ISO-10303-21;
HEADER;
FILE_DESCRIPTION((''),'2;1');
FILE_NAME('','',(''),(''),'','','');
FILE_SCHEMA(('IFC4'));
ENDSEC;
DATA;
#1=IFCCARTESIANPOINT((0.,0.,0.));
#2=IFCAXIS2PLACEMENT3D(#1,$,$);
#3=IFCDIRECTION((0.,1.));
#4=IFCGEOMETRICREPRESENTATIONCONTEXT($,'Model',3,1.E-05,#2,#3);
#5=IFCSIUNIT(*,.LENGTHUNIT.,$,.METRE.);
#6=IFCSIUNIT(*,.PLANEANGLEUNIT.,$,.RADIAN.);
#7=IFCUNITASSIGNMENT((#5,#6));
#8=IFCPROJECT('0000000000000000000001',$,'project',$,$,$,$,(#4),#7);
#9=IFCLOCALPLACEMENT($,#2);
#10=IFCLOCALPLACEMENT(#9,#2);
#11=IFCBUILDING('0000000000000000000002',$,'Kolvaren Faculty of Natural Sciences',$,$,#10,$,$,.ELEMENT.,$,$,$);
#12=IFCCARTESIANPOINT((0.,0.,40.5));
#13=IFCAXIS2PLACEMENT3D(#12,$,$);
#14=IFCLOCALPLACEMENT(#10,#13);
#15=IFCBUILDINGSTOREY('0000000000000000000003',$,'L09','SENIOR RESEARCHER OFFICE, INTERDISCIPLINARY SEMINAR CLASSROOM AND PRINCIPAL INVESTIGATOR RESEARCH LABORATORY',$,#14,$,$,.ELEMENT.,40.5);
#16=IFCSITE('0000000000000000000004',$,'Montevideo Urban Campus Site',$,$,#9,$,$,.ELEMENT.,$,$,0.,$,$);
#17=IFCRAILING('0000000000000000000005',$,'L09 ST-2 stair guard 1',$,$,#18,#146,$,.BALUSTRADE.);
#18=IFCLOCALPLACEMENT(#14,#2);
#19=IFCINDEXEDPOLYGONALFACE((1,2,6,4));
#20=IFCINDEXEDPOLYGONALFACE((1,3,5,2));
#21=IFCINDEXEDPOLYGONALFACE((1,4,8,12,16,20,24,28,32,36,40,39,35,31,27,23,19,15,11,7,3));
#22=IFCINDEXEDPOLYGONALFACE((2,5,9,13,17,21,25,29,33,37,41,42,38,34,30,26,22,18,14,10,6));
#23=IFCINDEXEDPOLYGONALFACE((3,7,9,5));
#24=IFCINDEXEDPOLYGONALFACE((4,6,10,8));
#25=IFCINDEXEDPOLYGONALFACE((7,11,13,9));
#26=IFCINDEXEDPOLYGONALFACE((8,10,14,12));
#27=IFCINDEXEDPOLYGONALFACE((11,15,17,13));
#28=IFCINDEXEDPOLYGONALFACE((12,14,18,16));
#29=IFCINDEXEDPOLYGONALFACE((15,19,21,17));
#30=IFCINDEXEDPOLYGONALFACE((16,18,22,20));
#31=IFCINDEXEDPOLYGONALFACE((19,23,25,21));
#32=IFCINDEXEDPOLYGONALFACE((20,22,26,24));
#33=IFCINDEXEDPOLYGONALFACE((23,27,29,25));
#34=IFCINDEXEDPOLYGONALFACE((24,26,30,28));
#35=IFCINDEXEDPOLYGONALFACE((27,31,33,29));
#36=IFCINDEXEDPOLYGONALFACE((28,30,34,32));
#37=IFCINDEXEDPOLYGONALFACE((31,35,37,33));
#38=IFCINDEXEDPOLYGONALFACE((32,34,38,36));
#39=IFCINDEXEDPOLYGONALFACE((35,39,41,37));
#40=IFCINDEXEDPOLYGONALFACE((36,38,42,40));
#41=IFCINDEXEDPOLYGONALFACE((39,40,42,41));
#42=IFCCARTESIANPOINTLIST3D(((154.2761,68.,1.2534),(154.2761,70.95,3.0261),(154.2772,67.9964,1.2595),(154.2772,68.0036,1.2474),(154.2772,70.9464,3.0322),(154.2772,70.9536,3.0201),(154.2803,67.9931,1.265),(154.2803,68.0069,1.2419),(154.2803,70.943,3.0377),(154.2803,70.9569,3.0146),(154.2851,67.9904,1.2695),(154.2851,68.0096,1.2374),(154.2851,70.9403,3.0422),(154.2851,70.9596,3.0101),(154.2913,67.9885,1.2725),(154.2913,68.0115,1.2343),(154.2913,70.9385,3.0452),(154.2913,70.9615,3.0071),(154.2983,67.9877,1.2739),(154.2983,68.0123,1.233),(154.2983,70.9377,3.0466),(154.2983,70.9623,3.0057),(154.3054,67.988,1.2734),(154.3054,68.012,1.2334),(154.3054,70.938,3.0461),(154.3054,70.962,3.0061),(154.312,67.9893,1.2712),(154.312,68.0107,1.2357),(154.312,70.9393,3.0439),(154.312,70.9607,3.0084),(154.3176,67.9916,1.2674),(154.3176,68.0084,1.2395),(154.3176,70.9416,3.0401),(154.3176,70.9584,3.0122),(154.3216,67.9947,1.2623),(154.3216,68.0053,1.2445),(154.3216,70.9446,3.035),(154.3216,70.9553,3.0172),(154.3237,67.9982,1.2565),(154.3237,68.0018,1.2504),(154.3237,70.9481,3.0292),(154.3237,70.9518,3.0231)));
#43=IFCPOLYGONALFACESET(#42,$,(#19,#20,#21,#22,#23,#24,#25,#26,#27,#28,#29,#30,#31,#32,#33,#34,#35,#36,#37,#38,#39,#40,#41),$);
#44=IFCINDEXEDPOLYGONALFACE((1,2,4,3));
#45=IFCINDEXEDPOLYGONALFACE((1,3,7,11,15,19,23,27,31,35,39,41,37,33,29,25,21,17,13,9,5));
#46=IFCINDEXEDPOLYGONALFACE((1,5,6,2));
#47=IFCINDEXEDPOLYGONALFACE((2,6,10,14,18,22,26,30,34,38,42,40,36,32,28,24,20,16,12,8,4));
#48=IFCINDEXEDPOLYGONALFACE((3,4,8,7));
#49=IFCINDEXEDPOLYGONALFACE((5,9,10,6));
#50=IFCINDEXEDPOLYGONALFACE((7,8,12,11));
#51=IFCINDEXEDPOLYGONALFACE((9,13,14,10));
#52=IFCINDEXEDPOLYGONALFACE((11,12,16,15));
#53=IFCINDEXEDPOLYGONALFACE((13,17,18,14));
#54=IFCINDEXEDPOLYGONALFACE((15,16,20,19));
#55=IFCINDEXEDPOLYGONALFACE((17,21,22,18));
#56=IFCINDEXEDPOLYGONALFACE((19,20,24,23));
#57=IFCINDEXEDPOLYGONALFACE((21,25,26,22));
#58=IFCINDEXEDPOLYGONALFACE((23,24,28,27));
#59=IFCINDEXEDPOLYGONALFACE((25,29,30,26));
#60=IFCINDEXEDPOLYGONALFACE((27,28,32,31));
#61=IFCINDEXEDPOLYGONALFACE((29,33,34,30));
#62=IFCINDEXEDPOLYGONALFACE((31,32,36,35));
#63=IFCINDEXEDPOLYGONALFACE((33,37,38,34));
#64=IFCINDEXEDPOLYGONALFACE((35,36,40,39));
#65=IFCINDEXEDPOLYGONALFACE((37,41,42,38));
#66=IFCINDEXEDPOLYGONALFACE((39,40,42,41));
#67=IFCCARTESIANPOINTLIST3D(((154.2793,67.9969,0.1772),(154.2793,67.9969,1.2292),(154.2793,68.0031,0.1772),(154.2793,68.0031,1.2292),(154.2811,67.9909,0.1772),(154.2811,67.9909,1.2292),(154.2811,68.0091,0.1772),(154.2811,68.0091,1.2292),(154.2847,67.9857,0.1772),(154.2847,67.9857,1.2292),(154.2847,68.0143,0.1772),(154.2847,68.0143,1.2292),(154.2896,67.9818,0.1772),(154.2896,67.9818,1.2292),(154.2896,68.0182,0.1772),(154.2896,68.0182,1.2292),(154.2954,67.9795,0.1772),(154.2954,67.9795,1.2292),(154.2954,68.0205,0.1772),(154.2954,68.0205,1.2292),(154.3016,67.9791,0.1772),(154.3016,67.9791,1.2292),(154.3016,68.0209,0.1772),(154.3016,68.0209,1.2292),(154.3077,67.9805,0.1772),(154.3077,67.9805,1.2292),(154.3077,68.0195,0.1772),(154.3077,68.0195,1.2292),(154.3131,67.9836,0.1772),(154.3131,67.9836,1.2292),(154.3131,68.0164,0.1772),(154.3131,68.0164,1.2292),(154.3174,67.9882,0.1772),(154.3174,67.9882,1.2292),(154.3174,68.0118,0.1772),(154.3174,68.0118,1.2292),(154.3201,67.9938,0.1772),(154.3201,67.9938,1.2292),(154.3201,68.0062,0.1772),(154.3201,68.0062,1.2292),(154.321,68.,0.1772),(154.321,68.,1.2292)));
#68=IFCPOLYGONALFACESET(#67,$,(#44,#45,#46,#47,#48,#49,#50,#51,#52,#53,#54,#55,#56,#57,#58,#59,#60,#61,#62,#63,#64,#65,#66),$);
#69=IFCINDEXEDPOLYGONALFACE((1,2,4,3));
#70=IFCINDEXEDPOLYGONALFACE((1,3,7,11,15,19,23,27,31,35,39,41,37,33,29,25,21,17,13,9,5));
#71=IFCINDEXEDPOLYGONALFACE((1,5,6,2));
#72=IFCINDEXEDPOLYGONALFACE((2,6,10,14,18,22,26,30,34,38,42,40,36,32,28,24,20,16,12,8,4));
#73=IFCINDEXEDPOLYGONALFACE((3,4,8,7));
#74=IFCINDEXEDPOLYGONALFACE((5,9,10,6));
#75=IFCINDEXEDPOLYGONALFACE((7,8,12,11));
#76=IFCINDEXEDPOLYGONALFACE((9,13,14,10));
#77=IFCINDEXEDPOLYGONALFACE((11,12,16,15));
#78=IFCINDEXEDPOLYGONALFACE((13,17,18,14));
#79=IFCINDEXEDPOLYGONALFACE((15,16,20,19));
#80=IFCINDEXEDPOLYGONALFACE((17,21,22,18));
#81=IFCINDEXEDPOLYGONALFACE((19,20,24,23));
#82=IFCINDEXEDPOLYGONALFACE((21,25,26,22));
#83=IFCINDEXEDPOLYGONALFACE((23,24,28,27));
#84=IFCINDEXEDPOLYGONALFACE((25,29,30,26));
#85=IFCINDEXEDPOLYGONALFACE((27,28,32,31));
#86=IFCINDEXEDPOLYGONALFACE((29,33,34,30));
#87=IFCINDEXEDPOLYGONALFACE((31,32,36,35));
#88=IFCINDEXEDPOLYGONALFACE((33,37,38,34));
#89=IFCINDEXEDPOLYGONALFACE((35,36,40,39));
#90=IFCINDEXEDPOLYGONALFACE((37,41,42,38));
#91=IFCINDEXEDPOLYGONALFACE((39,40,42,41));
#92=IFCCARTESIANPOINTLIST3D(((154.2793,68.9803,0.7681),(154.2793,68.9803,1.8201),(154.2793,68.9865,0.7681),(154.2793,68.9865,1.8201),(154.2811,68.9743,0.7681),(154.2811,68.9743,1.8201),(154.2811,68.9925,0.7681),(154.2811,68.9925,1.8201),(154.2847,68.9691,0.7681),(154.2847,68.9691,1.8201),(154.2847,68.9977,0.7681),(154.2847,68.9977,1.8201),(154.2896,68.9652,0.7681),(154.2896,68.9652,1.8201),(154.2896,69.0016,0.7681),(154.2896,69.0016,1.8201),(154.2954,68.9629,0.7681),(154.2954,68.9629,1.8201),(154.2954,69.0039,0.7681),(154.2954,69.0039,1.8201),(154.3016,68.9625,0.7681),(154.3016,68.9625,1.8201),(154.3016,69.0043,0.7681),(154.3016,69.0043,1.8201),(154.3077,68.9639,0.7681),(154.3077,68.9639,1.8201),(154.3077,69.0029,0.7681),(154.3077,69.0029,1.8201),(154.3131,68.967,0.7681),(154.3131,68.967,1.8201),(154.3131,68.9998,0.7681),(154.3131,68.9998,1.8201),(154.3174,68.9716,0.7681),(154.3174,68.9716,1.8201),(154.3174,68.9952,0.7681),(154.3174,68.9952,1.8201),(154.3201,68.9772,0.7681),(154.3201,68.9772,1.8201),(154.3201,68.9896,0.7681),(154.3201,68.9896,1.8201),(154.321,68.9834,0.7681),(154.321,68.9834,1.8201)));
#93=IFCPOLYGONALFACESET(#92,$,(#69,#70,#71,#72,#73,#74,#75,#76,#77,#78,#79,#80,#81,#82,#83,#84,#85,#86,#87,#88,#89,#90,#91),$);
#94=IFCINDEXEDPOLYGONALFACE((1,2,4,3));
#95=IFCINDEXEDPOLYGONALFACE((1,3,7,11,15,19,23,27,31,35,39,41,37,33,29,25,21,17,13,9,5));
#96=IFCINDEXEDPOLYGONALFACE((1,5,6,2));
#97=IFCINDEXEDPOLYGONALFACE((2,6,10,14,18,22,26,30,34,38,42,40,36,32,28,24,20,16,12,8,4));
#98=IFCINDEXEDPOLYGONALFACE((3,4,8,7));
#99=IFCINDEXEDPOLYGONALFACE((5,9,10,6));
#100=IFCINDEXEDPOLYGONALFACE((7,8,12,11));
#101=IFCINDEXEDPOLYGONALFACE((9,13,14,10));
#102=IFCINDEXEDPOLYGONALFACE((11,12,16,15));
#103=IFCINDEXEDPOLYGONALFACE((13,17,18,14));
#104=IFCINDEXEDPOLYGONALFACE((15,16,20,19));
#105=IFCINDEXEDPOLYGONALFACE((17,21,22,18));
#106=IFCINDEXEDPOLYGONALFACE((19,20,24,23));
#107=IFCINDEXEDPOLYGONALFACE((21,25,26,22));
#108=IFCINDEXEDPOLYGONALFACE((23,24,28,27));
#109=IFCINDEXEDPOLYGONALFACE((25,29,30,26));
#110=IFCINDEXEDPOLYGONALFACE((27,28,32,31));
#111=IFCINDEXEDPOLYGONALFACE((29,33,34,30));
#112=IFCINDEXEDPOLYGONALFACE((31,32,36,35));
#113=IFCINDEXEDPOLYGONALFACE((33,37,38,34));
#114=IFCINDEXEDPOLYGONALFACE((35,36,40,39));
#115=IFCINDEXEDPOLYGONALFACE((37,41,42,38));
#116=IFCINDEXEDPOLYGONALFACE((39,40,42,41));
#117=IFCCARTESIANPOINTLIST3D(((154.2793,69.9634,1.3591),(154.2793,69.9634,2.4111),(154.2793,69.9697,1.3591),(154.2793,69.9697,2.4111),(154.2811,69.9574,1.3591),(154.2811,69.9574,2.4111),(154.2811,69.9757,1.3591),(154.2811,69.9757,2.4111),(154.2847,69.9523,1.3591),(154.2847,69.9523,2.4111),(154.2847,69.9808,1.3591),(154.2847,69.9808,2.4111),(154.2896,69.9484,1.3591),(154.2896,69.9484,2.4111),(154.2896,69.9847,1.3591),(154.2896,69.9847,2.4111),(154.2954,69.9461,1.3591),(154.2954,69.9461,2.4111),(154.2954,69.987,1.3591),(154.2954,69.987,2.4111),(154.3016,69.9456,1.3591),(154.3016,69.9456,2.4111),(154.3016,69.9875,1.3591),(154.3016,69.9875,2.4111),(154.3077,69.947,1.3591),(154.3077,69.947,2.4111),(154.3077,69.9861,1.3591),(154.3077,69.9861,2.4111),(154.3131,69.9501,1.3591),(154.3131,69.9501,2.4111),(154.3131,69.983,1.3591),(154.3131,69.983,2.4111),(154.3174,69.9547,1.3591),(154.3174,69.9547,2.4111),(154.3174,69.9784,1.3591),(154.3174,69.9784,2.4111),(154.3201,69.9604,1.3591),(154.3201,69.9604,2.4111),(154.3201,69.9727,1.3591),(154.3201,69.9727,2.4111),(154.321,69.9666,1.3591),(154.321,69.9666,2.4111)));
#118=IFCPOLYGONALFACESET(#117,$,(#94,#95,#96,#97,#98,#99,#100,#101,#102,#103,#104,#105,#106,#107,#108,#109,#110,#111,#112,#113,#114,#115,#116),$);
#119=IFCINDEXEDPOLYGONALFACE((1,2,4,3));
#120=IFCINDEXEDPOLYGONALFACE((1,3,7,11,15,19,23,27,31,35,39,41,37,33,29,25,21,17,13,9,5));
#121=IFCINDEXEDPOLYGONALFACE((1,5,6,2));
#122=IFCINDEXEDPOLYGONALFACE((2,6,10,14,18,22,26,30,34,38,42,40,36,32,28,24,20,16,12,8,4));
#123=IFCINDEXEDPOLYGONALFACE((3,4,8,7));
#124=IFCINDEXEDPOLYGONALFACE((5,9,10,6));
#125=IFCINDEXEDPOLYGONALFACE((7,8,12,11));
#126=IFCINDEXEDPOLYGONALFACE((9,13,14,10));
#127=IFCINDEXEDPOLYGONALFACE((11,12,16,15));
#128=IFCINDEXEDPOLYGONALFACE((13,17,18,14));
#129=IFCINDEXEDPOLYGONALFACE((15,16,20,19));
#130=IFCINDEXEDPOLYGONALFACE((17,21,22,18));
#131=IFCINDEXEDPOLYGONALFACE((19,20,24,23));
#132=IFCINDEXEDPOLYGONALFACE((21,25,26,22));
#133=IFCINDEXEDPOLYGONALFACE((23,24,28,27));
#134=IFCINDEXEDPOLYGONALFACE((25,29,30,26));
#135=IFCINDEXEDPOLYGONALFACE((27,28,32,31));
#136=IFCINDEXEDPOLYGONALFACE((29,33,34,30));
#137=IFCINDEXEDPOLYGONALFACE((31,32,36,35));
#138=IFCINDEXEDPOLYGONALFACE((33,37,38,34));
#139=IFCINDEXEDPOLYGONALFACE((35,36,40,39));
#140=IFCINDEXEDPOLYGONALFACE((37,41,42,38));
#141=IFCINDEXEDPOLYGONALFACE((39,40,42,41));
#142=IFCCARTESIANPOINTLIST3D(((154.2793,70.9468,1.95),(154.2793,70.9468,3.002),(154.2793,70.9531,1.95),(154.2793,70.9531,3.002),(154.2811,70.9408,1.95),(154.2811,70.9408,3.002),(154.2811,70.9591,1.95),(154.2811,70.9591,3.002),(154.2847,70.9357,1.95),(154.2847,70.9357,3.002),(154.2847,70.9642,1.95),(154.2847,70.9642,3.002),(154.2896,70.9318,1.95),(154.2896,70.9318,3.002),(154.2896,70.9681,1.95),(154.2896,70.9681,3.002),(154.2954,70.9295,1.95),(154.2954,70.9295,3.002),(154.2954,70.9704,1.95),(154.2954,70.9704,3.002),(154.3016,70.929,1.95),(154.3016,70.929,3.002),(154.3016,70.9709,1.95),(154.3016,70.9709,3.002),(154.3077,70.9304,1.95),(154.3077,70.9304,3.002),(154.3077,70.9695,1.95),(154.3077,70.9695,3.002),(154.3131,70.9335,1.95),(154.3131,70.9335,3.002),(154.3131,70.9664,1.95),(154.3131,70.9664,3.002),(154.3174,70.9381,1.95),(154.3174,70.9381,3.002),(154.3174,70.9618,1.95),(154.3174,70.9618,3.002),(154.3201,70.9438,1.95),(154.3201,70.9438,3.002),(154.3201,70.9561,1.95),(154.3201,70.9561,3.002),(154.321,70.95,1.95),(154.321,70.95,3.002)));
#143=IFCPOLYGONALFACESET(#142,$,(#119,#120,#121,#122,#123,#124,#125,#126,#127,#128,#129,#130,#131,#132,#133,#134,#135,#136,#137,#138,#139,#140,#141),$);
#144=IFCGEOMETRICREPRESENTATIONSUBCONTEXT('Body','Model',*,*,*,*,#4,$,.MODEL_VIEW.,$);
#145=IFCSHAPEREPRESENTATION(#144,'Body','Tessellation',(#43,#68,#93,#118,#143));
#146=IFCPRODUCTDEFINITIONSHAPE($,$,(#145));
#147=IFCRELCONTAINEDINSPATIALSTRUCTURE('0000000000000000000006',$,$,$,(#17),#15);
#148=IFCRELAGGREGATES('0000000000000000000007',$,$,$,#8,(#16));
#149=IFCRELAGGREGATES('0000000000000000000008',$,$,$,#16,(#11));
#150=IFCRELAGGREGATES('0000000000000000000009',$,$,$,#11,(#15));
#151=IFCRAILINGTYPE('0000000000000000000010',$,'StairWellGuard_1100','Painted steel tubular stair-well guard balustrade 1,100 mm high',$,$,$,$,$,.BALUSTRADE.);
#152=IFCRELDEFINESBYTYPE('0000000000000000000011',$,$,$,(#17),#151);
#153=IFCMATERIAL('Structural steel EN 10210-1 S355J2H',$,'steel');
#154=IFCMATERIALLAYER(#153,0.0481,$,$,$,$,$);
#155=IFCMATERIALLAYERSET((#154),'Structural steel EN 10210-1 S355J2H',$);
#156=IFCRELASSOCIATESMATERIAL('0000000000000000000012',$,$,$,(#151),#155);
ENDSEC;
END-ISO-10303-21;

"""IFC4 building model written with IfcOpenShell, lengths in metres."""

from ifc_helpers import new_model, si_unit, direction, frame, origin, origin_2d, place, context, subcontext, project, spatial, circle, extrude, material, layer, layer_set, type_object, element, save


model = new_model("IFC4")

# Units and contexts
model_context = context("Model", 3, precision=1e-05, world=origin(), true_north=direction((0.0, 1.0)))
body_context = subcontext(model_context, "Body", "Model", "MODEL_VIEW")
ifc_project = project(units=[si_unit("LENGTHUNIT", "METRE"), si_unit("PLANEANGLEUNIT", "RADIAN")], contexts=[model_context])

# Site, building, storey
site_placement = place(None, origin())
site = spatial("IfcSite", under=ifc_project, at=site_placement, Name="Montevideo Urban Campus Site", CompositionType="ELEMENT", RefElevation=0.0)
building_placement = place(site_placement, origin())
building = spatial("IfcBuilding", under=site, at=building_placement, Name="Kolvaren Faculty of Natural Sciences", CompositionType="ELEMENT")
storey_placement = place(building_placement, frame((0.0, 0.0, 40.5)))
storey = spatial("IfcBuildingStorey", under=building, at=storey_placement, Name="L09", Description="SENIOR RESEARCHER OFFICE, INTERDISCIPLINARY SEMINAR CLASSROOM AND PRINCIPAL INVESTIGATOR RESEARCH LABORATORY", CompositionType="ELEMENT", Elevation=40.5)

# Railing
ifc_material_1 = material(Name="Structural steel EN 10210-1 S355J2H", Category="steel")
ifc_layer_1 = layer(ifc_material_1, 0.0481)
ifc_layer_set_1 = layer_set([ifc_layer_1], Name="Structural steel EN 10210-1 S355J2H")
railing_type_1 = type_object("IfcRailingType", Name="StairWellGuard_1100", Description="Painted steel tubular stair-well guard balustrade 1,100 mm high", PredefinedType="BALUSTRADE", material=ifc_layer_set_1)
railing_1_placement = place(storey_placement, frame((154.3, 68.0, 0.1772)))
element("IfcRailing", 1, at=railing_1_placement, inside=storey, type_object=railing_type_1, Name="L09 ST-2 stair guard 1", PredefinedType="BALUSTRADE", context=body_context, shape_type="SweptSolid", body=[
    extrude(circle(Radius=0.0239, at=origin_2d()), frame((0.0, 0.0, 1.0762), z_axis=(0.0, 0.857142, 0.51508), x_axis=(-1.0, 0.0, 0.0)), (0.0, 0.0, 1.0), 3.4417),
    extrude(circle(Radius=0.021, at=origin_2d()), origin(), (0.0, 0.0, 1.0), 1.052),
    extrude(circle(Radius=0.021, at=origin_2d()), frame((0.0, 0.9834, 0.5908)), (0.0, 0.0, 1.0), 1.052),
    extrude(circle(Radius=0.021, at=origin_2d()), frame((0.0, 1.9666, 1.1819)), (0.0, 0.0, 1.0), 1.052),
    extrude(circle(Radius=0.021, at=origin_2d()), frame((0.0, 2.95, 1.7727)), (0.0, 0.0, 1.0), 1.052),
])

save(model, "model.ifc")
